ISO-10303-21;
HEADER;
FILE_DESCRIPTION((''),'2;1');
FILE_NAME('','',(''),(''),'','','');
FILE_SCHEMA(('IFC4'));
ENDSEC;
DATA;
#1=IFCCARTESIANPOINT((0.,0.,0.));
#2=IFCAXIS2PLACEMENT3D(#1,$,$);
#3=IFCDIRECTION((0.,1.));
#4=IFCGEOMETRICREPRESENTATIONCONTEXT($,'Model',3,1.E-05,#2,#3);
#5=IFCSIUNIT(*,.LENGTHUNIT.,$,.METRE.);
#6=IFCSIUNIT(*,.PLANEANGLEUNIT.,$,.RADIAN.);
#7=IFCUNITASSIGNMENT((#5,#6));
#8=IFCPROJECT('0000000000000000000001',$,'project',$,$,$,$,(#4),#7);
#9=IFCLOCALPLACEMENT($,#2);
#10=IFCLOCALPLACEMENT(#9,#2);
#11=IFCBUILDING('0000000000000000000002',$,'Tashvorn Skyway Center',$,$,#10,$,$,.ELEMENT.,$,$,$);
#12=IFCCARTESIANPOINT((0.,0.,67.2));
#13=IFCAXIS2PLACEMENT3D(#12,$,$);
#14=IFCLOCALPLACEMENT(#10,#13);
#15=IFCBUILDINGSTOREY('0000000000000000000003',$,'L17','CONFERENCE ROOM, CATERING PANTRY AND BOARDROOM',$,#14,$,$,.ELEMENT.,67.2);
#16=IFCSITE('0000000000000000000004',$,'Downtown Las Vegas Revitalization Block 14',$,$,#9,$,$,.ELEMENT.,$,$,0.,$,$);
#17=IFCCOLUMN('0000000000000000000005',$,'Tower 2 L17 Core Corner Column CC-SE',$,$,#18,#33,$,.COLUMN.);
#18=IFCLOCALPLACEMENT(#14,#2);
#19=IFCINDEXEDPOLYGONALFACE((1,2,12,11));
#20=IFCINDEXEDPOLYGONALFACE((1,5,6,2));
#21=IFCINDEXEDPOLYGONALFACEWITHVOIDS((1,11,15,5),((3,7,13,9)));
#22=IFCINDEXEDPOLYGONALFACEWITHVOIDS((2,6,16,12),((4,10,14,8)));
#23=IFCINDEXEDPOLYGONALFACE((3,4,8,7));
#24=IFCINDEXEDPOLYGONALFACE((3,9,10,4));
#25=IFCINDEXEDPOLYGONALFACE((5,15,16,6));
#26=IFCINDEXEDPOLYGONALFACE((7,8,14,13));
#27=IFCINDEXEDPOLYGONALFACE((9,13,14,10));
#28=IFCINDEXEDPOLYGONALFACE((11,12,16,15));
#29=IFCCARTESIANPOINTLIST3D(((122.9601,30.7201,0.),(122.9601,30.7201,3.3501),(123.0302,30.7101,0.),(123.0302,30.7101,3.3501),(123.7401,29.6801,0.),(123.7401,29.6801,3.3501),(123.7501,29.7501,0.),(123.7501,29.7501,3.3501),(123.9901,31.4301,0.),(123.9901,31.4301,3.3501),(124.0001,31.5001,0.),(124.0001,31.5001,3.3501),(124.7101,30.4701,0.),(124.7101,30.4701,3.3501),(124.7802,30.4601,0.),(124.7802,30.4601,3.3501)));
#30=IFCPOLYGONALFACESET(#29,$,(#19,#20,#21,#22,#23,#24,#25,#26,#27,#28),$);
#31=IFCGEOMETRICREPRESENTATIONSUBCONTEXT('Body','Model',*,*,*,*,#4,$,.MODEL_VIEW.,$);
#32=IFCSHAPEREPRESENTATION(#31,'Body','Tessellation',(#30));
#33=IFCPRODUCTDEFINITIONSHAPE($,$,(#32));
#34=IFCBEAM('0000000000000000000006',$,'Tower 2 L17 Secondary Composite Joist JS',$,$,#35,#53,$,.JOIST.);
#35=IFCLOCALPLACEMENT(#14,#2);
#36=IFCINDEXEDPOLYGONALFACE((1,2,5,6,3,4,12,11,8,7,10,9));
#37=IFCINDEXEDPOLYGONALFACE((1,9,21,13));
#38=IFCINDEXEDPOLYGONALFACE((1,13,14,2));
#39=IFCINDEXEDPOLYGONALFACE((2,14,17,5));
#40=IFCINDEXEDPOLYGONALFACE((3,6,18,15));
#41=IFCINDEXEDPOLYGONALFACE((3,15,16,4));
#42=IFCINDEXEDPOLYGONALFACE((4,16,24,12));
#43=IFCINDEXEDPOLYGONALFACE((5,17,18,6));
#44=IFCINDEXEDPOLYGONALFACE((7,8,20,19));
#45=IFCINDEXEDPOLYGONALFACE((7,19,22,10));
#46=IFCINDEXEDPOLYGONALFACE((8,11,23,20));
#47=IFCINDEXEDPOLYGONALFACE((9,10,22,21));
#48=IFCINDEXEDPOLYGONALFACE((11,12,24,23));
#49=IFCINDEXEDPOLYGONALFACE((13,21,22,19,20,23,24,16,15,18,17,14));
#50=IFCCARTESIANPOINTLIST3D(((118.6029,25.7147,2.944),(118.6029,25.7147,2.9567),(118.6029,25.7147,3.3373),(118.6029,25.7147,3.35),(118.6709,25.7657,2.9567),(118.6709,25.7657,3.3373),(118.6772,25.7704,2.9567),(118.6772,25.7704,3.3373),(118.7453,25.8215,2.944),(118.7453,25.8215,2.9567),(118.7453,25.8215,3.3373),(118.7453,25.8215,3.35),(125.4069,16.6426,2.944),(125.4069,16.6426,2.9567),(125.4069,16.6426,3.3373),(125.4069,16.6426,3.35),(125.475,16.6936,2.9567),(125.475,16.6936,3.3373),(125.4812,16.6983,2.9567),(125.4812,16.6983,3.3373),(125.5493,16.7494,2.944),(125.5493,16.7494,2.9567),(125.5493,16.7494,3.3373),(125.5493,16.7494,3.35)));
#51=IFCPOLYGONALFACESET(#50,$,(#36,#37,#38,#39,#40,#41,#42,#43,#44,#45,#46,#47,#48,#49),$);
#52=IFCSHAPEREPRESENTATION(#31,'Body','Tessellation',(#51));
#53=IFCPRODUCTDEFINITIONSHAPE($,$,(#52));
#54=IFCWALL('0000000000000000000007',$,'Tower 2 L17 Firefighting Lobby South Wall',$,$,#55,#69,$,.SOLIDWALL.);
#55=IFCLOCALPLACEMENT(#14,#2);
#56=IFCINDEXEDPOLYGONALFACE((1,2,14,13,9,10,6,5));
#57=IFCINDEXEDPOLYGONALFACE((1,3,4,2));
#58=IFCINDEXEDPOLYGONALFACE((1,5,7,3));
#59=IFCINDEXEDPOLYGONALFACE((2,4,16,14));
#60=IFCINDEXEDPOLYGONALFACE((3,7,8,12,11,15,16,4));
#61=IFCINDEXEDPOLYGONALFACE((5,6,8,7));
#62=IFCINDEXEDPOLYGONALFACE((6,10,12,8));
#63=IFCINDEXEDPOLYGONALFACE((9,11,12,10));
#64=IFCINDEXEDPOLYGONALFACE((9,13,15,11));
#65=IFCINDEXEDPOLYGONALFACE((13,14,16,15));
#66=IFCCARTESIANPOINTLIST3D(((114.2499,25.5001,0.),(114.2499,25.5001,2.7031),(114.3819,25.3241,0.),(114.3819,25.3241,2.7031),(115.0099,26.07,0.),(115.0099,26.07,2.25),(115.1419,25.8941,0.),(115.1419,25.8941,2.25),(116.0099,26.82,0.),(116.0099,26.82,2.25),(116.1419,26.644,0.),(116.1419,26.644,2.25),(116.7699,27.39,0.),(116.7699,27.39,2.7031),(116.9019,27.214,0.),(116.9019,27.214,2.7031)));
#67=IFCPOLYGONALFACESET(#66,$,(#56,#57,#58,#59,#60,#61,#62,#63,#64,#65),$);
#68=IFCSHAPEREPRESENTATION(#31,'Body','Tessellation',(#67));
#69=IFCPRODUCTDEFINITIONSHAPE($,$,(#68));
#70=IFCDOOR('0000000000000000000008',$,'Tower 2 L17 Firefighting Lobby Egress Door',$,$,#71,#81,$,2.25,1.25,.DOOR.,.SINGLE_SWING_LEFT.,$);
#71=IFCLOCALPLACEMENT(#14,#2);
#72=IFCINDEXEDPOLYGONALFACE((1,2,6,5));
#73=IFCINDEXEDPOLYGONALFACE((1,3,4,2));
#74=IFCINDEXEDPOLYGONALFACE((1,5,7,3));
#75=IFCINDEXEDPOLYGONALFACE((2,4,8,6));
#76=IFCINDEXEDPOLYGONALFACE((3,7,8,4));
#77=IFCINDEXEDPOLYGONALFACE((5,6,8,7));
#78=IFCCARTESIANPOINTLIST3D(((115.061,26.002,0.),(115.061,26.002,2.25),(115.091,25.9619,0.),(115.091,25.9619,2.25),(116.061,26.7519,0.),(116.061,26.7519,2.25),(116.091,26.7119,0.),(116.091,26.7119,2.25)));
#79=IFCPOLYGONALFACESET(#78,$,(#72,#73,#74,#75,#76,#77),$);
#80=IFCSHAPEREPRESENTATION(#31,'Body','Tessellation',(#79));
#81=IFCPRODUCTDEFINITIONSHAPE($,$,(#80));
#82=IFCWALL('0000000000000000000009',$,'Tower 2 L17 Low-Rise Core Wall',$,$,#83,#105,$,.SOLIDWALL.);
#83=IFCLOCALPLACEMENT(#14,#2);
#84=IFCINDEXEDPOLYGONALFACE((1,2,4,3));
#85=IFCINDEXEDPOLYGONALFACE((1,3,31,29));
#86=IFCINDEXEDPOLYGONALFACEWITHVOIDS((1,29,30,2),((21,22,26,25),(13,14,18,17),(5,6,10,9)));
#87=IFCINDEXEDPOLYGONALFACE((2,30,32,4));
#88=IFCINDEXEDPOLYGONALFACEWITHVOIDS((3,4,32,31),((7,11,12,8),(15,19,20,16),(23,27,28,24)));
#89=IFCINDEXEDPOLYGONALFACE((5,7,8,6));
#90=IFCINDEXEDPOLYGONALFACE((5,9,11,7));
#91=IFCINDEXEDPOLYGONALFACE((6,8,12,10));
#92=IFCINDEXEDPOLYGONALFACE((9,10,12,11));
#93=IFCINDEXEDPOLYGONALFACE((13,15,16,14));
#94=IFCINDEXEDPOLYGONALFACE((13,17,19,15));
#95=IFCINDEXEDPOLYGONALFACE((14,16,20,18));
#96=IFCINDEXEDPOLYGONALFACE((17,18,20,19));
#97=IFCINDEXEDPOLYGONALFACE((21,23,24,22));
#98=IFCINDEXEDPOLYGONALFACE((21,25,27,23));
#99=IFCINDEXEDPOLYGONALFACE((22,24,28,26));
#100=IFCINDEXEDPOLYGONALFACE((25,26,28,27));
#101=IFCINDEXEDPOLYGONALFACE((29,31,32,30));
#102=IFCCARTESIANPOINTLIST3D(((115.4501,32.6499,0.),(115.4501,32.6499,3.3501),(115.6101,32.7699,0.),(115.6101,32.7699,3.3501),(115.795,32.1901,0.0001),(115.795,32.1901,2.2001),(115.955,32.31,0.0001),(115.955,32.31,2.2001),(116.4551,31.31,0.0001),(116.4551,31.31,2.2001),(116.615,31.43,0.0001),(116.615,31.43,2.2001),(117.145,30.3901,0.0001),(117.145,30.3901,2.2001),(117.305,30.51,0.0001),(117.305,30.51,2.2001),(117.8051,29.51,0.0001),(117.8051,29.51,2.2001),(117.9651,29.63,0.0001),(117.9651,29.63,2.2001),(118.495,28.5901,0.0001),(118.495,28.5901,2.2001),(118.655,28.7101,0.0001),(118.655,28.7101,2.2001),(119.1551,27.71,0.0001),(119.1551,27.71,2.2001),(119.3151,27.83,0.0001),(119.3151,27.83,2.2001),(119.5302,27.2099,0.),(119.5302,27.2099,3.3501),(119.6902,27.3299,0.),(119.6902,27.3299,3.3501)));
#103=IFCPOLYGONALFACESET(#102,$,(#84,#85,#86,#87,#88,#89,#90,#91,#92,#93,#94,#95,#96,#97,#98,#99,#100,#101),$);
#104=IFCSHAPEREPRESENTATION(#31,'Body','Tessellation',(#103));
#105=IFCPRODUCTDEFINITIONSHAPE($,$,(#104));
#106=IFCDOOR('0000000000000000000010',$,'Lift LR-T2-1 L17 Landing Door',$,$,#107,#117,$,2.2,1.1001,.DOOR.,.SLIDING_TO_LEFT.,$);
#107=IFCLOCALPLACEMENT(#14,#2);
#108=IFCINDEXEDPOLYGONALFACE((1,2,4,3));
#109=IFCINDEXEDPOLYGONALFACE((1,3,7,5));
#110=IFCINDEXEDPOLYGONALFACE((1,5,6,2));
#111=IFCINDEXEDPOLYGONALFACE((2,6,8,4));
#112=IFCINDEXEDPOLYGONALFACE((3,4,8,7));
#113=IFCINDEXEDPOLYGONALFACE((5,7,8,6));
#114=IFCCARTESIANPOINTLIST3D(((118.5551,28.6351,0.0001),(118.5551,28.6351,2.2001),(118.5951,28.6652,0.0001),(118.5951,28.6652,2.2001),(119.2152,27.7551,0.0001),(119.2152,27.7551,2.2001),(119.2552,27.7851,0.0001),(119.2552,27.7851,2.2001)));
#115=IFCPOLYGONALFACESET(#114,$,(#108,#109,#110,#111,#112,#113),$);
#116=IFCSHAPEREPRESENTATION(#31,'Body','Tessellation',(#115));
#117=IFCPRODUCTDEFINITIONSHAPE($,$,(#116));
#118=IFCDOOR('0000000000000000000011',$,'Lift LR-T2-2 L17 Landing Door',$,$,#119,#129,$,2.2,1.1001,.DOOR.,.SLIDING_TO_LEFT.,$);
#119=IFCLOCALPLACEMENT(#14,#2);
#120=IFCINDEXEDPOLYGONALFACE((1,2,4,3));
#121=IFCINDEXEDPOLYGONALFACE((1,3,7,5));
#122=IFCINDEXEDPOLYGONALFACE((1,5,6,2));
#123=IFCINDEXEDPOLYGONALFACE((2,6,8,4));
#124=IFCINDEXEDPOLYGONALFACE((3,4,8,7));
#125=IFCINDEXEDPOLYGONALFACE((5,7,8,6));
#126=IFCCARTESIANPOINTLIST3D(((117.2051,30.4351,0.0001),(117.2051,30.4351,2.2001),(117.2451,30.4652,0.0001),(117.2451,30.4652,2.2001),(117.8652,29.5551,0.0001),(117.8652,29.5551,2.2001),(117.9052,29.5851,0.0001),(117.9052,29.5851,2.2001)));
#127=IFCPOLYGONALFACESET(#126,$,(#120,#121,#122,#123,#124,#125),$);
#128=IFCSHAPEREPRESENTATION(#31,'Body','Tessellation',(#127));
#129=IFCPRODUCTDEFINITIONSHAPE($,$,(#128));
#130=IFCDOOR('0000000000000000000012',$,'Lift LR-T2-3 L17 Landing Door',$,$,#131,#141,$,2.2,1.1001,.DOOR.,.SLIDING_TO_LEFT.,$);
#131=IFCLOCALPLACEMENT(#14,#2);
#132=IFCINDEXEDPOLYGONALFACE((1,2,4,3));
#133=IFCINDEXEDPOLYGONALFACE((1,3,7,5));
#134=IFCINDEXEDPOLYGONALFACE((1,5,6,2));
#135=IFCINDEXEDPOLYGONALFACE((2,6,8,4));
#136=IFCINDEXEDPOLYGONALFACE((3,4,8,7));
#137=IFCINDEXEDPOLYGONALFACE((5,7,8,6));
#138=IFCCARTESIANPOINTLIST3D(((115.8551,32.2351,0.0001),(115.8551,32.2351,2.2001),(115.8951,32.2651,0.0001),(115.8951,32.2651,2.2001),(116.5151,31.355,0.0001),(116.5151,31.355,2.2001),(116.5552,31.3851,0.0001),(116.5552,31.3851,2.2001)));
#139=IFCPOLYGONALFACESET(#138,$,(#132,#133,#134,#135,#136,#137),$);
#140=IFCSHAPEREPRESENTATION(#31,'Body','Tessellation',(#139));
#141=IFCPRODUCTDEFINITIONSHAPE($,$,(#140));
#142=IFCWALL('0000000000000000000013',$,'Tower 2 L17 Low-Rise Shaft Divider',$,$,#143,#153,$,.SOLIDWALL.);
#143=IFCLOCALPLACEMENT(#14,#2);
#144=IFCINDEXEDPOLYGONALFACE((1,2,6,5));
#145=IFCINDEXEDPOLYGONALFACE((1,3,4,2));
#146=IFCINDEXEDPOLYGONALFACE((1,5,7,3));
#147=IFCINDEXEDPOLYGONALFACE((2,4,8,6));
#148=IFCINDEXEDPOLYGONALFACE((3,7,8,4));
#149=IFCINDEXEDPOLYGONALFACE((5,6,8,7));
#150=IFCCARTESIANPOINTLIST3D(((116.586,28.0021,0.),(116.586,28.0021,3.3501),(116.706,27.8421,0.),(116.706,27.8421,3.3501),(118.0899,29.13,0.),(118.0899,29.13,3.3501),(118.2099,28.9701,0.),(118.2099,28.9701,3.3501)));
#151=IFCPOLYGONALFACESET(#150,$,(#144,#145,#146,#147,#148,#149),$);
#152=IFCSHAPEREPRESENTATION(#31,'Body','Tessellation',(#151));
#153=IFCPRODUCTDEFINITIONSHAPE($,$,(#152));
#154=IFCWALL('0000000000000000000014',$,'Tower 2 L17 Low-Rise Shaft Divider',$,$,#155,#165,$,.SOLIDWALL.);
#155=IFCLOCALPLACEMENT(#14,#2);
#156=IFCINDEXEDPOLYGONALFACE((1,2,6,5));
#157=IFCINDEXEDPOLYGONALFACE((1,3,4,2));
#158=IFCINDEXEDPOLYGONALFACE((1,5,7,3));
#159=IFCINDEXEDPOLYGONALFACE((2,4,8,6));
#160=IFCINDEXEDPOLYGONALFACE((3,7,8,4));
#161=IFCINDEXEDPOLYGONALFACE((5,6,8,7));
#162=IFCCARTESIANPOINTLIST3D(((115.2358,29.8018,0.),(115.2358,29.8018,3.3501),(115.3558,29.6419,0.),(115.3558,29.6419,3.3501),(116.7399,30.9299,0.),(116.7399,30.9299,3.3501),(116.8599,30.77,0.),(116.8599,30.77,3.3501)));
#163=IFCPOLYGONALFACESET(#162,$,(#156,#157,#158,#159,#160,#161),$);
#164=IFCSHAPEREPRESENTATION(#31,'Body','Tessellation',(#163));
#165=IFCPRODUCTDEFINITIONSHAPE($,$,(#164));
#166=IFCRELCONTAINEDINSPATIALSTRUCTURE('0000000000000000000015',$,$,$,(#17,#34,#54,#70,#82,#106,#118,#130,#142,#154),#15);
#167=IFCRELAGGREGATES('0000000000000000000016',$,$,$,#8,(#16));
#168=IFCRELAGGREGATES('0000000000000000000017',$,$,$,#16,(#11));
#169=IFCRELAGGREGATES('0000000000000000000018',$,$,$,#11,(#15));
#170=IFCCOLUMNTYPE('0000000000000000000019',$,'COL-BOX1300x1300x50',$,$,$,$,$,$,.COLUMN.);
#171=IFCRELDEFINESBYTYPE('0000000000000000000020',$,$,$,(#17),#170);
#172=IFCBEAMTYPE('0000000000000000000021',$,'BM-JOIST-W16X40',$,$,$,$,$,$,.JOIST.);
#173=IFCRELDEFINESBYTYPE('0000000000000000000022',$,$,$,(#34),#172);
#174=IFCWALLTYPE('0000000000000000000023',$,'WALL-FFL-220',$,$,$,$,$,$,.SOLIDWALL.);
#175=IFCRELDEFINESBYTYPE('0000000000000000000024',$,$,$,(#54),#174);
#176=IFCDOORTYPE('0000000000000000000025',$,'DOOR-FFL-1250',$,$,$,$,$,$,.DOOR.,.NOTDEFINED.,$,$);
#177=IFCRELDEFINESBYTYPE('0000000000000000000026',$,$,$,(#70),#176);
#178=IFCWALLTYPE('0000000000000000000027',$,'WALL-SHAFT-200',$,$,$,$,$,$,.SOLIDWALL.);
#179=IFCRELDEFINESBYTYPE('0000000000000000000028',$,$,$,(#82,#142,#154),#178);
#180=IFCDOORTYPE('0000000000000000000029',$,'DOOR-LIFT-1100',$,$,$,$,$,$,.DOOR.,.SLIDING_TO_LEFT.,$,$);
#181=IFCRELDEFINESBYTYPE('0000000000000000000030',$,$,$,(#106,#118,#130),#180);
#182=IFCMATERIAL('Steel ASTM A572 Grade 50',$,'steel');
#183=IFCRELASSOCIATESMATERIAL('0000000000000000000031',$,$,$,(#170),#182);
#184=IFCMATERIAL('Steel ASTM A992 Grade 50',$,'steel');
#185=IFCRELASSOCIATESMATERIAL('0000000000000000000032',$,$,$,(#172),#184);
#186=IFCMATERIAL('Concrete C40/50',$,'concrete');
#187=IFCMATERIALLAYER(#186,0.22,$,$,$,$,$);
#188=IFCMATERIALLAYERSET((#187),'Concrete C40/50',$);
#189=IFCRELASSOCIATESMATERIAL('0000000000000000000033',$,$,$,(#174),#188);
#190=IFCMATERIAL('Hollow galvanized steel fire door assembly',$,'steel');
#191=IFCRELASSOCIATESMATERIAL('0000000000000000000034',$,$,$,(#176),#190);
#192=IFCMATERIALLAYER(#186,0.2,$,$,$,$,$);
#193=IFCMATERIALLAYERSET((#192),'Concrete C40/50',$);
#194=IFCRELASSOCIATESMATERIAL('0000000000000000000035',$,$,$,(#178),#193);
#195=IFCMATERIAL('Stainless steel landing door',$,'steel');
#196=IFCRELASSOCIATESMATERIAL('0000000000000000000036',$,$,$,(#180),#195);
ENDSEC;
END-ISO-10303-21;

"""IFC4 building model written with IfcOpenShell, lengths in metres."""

from ifc_helpers import new_model, si_unit, direction, frame, frame_2d, origin, origin_2d, place, context, subcontext, project, spatial, rectangle, hollow_rectangle, i_section, extrude, material, layer, layer_set, material_profile, profile_set, type_object, element, fill, save


model = new_model("IFC4")

# Units and contexts
model_context = context("Model", 3, precision=1e-05, world=origin(), true_north=direction((0.0, 1.0)))
body_context = subcontext(model_context, "Body", "Model", "MODEL_VIEW")
ifc_project = project(units=[si_unit("LENGTHUNIT", "METRE"), si_unit("PLANEANGLEUNIT", "RADIAN")], contexts=[model_context])

# Site, building, storey
site_placement = place(None, origin())
site = spatial("IfcSite", under=ifc_project, at=site_placement, Name="Downtown Las Vegas Revitalization Block 14", CompositionType="ELEMENT", RefElevation=0.0)
building_placement = place(site_placement, origin())
building = spatial("IfcBuilding", under=site, at=building_placement, Name="Tashvorn Skyway Center", CompositionType="ELEMENT")
storey_placement = place(building_placement, frame((0.0, 0.0, 67.2)))
storey = spatial("IfcBuildingStorey", under=building, at=storey_placement, Name="L17", Description="CONFERENCE ROOM, CATERING PANTRY AND BOARDROOM", CompositionType="ELEMENT", Elevation=67.2)

# Column
ifc_material_1 = material(Name="Steel ASTM A572 Grade 50", Category="steel")
ifc_material_profile_1 = material_profile(ifc_material_1, hollow_rectangle(XDim=1.3, YDim=1.3, WallThickness=0.05, at=origin_2d()), Name="BOX1300x1300x50")
ifc_profile_set_1 = profile_set([ifc_material_profile_1], Name="Steel ASTM A572 Grade 50")
column_type = type_object("IfcColumnType", Name="COL-BOX1300x1300x50", PredefinedType="COLUMN", material=ifc_profile_set_1)
column_placement = place(storey_placement, frame((123.8701, 30.5901, 0.0), z_axis=(0.0, 0.0, 1.0), x_axis=(0.8, 0.6, 0.0)))
element("IfcColumn", 1, at=column_placement, inside=storey, type_object=column_type, Name="Tower 2 L17 Core Corner Column CC-SE", PredefinedType="COLUMN", context=body_context, shape_type="SweptSolid", body=[
    extrude(hollow_rectangle(XDim=1.3, YDim=1.3, WallThickness=0.05, at=origin_2d()), origin(), (0.0, 0.0, 1.0), 3.3501),
])

# Beam
ifc_material_2 = material(Name="Steel ASTM A992 Grade 50", Category="steel")
ifc_material_profile_2 = material_profile(ifc_material_2, i_section(OverallWidth=0.178, OverallDepth=0.406, WebThickness=0.0078, FlangeThickness=0.0127, at=origin_2d()), Name="W16X40")
ifc_profile_set_2 = profile_set([ifc_material_profile_2], Name="Steel ASTM A992 Grade 50")
beam_type = type_object("IfcBeamType", Name="BM-JOIST-W16X40", PredefinedType="JOIST", material=ifc_profile_set_2)
beam_placement = place(storey_placement, frame((118.6741, 25.7681, 3.147), z_axis=(0.599997, -0.800003, 0.0), x_axis=(0.800003, 0.599997, 0.0)))
element("IfcBeam", 2, at=beam_placement, inside=storey, type_object=beam_type, Name="Tower 2 L17 Secondary Composite Joist JS", PredefinedType="JOIST", context=body_context, shape_type="SweptSolid", body=[
    extrude(i_section(OverallWidth=0.178, OverallDepth=0.406, WebThickness=0.0078, FlangeThickness=0.0127, at=origin_2d()), origin(), (0.0, 0.0, 1.0), 11.3401),
])

# Wall, opening, door
ifc_material_3 = material(Name="Concrete C40/50", Category="concrete")
ifc_layer_1 = layer(ifc_material_3, 0.22)
ifc_layer_set_1 = layer_set([ifc_layer_1], Name="Concrete C40/50")
wall_type_1 = type_object("IfcWallType", Name="WALL-FFL-220", PredefinedType="SOLIDWALL", material=ifc_layer_set_1)
wall_1_placement = place(storey_placement, frame((114.3159, 25.4121, 0.0), z_axis=(0.0, 0.0, 1.0), x_axis=(0.800019, 0.599975, 0.0)))
wall_1 = element("IfcWall", 3, at=wall_1_placement, inside=storey, type_object=wall_type_1, Name="Tower 2 L17 Firefighting Lobby South Wall", PredefinedType="SOLIDWALL", context=body_context, shape_type="SweptSolid", body=[
    extrude(rectangle(XDim=3.1499, YDim=0.22, at=frame_2d((1.575, 0.0))), origin(), (0.0, 0.0, 1.0), 2.7031),
])
opening_1_placement = place(wall_1_placement, frame((0.95, 0.0, 0.0)))
opening_1 = element("IfcOpeningElement", 4, at=opening_1_placement, cuts=wall_1, PredefinedType="OPENING", context=body_context, shape_type="SweptSolid", body=[
    extrude(rectangle(XDim=1.25, YDim=2.25, at=frame_2d((0.625, 1.125))), frame((0.0, 0.1199, 0.0), z_axis=(0.0, -1.0, 0.0), x_axis=(1.0, 0.0, 0.0)), (0.0, 0.0, 1.0), 0.24),
])
ifc_material_4 = material(Name="Hollow galvanized steel fire door assembly", Category="steel")
door_type_1 = type_object("IfcDoorType", Name="DOOR-FFL-1250", OperationType="NOTDEFINED", PredefinedType="DOOR", material=ifc_material_4)
door_1_placement = place(opening_1_placement, origin())
door_1 = element("IfcDoor", 5, at=door_1_placement, inside=storey, type_object=door_type_1, Name="Tower 2 L17 Firefighting Lobby Egress Door", OperationType="SINGLE_SWING_LEFT", OverallHeight=2.25, OverallWidth=1.25, PredefinedType="DOOR", context=body_context, shape_type="SweptSolid", body=[
    extrude(rectangle(XDim=1.25, YDim=2.25, at=frame_2d((0.625, 1.125))), frame((0.0, 0.0249, 0.0), z_axis=(0.0, -1.0, 0.0), x_axis=(1.0, 0.0, 0.0)), (0.0, 0.0, 1.0), 0.05),
])
fill(opening_1, door_1)

# Wall, openings, doors
ifc_layer_2 = layer(ifc_material_3, 0.2)
ifc_layer_set_2 = layer_set([ifc_layer_2], Name="Concrete C40/50")
wall_type_2 = type_object("IfcWallType", Name="WALL-SHAFT-200", PredefinedType="SOLIDWALL", material=ifc_layer_set_2)
wall_2_placement = place(storey_placement, frame((119.6101, 27.27, 0.0), z_axis=(0.0, 0.0, 1.0), x_axis=(-0.600011, 0.799991, 0.0)))
wall_2 = element("IfcWall", 6, at=wall_2_placement, inside=storey, type_object=wall_type_2, Name="Tower 2 L17 Low-Rise Core Wall", PredefinedType="SOLIDWALL", context=body_context, shape_type="SweptSolid", body=[
    extrude(rectangle(XDim=6.8, YDim=0.2, at=frame_2d((3.3999, 0.0))), origin(), (0.0, 0.0, 1.0), 3.3501),
])
opening_2_placement = place(wall_2_placement, frame((0.625, 0.0, 0.0)))
opening_2 = element("IfcOpeningElement", 7, at=opening_2_placement, cuts=wall_2, PredefinedType="OPENING", context=body_context, shape_type="SweptSolid", body=[
    extrude(rectangle(XDim=1.1001, YDim=2.2, at=frame_2d((0.55, 1.1001))), frame((0.0, 0.1099, 0.0), z_axis=(0.0, -1.0, 0.0), x_axis=(1.0, 0.0, 0.0)), (0.0, 0.0, 1.0), 0.22),
])
opening_3_placement = place(wall_2_placement, frame((2.875, 0.0, 0.0)))
opening_3 = element("IfcOpeningElement", 8, at=opening_3_placement, cuts=wall_2, PredefinedType="OPENING", context=body_context, shape_type="SweptSolid", body=[
    extrude(rectangle(XDim=1.1001, YDim=2.2, at=frame_2d((0.55, 1.1001))), frame((0.0, 0.1099, 0.0), z_axis=(0.0, -1.0, 0.0), x_axis=(1.0, 0.0, 0.0)), (0.0, 0.0, 1.0), 0.22),
])
opening_4_placement = place(wall_2_placement, frame((5.125, 0.0, 0.0)))
opening_4 = element("IfcOpeningElement", 9, at=opening_4_placement, cuts=wall_2, PredefinedType="OPENING", context=body_context, shape_type="SweptSolid", body=[
    extrude(rectangle(XDim=1.1001, YDim=2.2, at=frame_2d((0.55, 1.1001))), frame((0.0, 0.1099, 0.0), z_axis=(0.0, -1.0, 0.0), x_axis=(1.0, 0.0, 0.0)), (0.0, 0.0, 1.0), 0.22),
])
ifc_material_5 = material(Name="Stainless steel landing door", Category="steel")
door_type_2 = type_object("IfcDoorType", Name="DOOR-LIFT-1100", OperationType="SLIDING_TO_LEFT", PredefinedType="DOOR", material=ifc_material_5)
door_2_placement = place(opening_2_placement, origin())
door_2 = element("IfcDoor", 10, at=door_2_placement, inside=storey, type_object=door_type_2, Name="Lift LR-T2-1 L17 Landing Door", OperationType="SLIDING_TO_LEFT", OverallHeight=2.2, OverallWidth=1.1001, PredefinedType="DOOR", context=body_context, shape_type="SweptSolid", body=[
    extrude(rectangle(XDim=1.1001, YDim=2.2, at=frame_2d((0.55, 1.1001))), frame((0.0, 0.0249, 0.0), z_axis=(0.0, -1.0, 0.0), x_axis=(1.0, 0.0, 0.0)), (0.0, 0.0, 1.0), 0.05),
])
fill(opening_2, door_2)
door_3_placement = place(opening_3_placement, origin())
door_3 = element("IfcDoor", 11, at=door_3_placement, inside=storey, type_object=door_type_2, Name="Lift LR-T2-2 L17 Landing Door", OperationType="SLIDING_TO_LEFT", OverallHeight=2.2, OverallWidth=1.1001, PredefinedType="DOOR", context=body_context, shape_type="SweptSolid", body=[
    extrude(rectangle(XDim=1.1001, YDim=2.2, at=frame_2d((0.55, 1.1001))), frame((0.0, 0.0249, 0.0), z_axis=(0.0, -1.0, 0.0), x_axis=(1.0, 0.0, 0.0)), (0.0, 0.0, 1.0), 0.05),
])
fill(opening_3, door_3)
door_4_placement = place(opening_4_placement, origin())
door_4 = element("IfcDoor", 12, at=door_4_placement, inside=storey, type_object=door_type_2, Name="Lift LR-T2-3 L17 Landing Door", OperationType="SLIDING_TO_LEFT", OverallHeight=2.2, OverallWidth=1.1001, PredefinedType="DOOR", context=body_context, shape_type="SweptSolid", body=[
    extrude(rectangle(XDim=1.1001, YDim=2.2, at=frame_2d((0.55, 1.1001))), frame((0.0, 0.0249, 0.0), z_axis=(0.0, -1.0, 0.0), x_axis=(1.0, 0.0, 0.0)), (0.0, 0.0, 1.0), 0.05),
])
fill(opening_4, door_4)

# Walls
wall_3_placement = place(storey_placement, frame((116.646, 27.9221, 0.0), z_axis=(0.0, 0.0, 1.0), x_axis=(0.8, 0.6, 0.0)))
element("IfcWall", 13, at=wall_3_placement, inside=storey, type_object=wall_type_2, Name="Tower 2 L17 Low-Rise Shaft Divider", PredefinedType="SOLIDWALL", context=body_context, shape_type="SweptSolid", body=[
    extrude(rectangle(XDim=1.8799, YDim=0.2, at=frame_2d((0.9399, 0.0))), origin(), (0.0, 0.0, 1.0), 3.3501),
])
wall_4_placement = place(storey_placement, frame((115.2959, 29.7219, 0.0), z_axis=(0.0, 0.0, 1.0), x_axis=(0.799984, 0.600021, 0.0)))
element("IfcWall", 14, at=wall_4_placement, inside=storey, type_object=wall_type_2, Name="Tower 2 L17 Low-Rise Shaft Divider", PredefinedType="SOLIDWALL", context=body_context, shape_type="SweptSolid", body=[
    extrude(rectangle(XDim=1.8801, YDim=0.2, at=frame_2d((0.9399, 0.0))), origin(), (0.0, 0.0, 1.0), 3.3501),
])

save(model, "model.ifc")
